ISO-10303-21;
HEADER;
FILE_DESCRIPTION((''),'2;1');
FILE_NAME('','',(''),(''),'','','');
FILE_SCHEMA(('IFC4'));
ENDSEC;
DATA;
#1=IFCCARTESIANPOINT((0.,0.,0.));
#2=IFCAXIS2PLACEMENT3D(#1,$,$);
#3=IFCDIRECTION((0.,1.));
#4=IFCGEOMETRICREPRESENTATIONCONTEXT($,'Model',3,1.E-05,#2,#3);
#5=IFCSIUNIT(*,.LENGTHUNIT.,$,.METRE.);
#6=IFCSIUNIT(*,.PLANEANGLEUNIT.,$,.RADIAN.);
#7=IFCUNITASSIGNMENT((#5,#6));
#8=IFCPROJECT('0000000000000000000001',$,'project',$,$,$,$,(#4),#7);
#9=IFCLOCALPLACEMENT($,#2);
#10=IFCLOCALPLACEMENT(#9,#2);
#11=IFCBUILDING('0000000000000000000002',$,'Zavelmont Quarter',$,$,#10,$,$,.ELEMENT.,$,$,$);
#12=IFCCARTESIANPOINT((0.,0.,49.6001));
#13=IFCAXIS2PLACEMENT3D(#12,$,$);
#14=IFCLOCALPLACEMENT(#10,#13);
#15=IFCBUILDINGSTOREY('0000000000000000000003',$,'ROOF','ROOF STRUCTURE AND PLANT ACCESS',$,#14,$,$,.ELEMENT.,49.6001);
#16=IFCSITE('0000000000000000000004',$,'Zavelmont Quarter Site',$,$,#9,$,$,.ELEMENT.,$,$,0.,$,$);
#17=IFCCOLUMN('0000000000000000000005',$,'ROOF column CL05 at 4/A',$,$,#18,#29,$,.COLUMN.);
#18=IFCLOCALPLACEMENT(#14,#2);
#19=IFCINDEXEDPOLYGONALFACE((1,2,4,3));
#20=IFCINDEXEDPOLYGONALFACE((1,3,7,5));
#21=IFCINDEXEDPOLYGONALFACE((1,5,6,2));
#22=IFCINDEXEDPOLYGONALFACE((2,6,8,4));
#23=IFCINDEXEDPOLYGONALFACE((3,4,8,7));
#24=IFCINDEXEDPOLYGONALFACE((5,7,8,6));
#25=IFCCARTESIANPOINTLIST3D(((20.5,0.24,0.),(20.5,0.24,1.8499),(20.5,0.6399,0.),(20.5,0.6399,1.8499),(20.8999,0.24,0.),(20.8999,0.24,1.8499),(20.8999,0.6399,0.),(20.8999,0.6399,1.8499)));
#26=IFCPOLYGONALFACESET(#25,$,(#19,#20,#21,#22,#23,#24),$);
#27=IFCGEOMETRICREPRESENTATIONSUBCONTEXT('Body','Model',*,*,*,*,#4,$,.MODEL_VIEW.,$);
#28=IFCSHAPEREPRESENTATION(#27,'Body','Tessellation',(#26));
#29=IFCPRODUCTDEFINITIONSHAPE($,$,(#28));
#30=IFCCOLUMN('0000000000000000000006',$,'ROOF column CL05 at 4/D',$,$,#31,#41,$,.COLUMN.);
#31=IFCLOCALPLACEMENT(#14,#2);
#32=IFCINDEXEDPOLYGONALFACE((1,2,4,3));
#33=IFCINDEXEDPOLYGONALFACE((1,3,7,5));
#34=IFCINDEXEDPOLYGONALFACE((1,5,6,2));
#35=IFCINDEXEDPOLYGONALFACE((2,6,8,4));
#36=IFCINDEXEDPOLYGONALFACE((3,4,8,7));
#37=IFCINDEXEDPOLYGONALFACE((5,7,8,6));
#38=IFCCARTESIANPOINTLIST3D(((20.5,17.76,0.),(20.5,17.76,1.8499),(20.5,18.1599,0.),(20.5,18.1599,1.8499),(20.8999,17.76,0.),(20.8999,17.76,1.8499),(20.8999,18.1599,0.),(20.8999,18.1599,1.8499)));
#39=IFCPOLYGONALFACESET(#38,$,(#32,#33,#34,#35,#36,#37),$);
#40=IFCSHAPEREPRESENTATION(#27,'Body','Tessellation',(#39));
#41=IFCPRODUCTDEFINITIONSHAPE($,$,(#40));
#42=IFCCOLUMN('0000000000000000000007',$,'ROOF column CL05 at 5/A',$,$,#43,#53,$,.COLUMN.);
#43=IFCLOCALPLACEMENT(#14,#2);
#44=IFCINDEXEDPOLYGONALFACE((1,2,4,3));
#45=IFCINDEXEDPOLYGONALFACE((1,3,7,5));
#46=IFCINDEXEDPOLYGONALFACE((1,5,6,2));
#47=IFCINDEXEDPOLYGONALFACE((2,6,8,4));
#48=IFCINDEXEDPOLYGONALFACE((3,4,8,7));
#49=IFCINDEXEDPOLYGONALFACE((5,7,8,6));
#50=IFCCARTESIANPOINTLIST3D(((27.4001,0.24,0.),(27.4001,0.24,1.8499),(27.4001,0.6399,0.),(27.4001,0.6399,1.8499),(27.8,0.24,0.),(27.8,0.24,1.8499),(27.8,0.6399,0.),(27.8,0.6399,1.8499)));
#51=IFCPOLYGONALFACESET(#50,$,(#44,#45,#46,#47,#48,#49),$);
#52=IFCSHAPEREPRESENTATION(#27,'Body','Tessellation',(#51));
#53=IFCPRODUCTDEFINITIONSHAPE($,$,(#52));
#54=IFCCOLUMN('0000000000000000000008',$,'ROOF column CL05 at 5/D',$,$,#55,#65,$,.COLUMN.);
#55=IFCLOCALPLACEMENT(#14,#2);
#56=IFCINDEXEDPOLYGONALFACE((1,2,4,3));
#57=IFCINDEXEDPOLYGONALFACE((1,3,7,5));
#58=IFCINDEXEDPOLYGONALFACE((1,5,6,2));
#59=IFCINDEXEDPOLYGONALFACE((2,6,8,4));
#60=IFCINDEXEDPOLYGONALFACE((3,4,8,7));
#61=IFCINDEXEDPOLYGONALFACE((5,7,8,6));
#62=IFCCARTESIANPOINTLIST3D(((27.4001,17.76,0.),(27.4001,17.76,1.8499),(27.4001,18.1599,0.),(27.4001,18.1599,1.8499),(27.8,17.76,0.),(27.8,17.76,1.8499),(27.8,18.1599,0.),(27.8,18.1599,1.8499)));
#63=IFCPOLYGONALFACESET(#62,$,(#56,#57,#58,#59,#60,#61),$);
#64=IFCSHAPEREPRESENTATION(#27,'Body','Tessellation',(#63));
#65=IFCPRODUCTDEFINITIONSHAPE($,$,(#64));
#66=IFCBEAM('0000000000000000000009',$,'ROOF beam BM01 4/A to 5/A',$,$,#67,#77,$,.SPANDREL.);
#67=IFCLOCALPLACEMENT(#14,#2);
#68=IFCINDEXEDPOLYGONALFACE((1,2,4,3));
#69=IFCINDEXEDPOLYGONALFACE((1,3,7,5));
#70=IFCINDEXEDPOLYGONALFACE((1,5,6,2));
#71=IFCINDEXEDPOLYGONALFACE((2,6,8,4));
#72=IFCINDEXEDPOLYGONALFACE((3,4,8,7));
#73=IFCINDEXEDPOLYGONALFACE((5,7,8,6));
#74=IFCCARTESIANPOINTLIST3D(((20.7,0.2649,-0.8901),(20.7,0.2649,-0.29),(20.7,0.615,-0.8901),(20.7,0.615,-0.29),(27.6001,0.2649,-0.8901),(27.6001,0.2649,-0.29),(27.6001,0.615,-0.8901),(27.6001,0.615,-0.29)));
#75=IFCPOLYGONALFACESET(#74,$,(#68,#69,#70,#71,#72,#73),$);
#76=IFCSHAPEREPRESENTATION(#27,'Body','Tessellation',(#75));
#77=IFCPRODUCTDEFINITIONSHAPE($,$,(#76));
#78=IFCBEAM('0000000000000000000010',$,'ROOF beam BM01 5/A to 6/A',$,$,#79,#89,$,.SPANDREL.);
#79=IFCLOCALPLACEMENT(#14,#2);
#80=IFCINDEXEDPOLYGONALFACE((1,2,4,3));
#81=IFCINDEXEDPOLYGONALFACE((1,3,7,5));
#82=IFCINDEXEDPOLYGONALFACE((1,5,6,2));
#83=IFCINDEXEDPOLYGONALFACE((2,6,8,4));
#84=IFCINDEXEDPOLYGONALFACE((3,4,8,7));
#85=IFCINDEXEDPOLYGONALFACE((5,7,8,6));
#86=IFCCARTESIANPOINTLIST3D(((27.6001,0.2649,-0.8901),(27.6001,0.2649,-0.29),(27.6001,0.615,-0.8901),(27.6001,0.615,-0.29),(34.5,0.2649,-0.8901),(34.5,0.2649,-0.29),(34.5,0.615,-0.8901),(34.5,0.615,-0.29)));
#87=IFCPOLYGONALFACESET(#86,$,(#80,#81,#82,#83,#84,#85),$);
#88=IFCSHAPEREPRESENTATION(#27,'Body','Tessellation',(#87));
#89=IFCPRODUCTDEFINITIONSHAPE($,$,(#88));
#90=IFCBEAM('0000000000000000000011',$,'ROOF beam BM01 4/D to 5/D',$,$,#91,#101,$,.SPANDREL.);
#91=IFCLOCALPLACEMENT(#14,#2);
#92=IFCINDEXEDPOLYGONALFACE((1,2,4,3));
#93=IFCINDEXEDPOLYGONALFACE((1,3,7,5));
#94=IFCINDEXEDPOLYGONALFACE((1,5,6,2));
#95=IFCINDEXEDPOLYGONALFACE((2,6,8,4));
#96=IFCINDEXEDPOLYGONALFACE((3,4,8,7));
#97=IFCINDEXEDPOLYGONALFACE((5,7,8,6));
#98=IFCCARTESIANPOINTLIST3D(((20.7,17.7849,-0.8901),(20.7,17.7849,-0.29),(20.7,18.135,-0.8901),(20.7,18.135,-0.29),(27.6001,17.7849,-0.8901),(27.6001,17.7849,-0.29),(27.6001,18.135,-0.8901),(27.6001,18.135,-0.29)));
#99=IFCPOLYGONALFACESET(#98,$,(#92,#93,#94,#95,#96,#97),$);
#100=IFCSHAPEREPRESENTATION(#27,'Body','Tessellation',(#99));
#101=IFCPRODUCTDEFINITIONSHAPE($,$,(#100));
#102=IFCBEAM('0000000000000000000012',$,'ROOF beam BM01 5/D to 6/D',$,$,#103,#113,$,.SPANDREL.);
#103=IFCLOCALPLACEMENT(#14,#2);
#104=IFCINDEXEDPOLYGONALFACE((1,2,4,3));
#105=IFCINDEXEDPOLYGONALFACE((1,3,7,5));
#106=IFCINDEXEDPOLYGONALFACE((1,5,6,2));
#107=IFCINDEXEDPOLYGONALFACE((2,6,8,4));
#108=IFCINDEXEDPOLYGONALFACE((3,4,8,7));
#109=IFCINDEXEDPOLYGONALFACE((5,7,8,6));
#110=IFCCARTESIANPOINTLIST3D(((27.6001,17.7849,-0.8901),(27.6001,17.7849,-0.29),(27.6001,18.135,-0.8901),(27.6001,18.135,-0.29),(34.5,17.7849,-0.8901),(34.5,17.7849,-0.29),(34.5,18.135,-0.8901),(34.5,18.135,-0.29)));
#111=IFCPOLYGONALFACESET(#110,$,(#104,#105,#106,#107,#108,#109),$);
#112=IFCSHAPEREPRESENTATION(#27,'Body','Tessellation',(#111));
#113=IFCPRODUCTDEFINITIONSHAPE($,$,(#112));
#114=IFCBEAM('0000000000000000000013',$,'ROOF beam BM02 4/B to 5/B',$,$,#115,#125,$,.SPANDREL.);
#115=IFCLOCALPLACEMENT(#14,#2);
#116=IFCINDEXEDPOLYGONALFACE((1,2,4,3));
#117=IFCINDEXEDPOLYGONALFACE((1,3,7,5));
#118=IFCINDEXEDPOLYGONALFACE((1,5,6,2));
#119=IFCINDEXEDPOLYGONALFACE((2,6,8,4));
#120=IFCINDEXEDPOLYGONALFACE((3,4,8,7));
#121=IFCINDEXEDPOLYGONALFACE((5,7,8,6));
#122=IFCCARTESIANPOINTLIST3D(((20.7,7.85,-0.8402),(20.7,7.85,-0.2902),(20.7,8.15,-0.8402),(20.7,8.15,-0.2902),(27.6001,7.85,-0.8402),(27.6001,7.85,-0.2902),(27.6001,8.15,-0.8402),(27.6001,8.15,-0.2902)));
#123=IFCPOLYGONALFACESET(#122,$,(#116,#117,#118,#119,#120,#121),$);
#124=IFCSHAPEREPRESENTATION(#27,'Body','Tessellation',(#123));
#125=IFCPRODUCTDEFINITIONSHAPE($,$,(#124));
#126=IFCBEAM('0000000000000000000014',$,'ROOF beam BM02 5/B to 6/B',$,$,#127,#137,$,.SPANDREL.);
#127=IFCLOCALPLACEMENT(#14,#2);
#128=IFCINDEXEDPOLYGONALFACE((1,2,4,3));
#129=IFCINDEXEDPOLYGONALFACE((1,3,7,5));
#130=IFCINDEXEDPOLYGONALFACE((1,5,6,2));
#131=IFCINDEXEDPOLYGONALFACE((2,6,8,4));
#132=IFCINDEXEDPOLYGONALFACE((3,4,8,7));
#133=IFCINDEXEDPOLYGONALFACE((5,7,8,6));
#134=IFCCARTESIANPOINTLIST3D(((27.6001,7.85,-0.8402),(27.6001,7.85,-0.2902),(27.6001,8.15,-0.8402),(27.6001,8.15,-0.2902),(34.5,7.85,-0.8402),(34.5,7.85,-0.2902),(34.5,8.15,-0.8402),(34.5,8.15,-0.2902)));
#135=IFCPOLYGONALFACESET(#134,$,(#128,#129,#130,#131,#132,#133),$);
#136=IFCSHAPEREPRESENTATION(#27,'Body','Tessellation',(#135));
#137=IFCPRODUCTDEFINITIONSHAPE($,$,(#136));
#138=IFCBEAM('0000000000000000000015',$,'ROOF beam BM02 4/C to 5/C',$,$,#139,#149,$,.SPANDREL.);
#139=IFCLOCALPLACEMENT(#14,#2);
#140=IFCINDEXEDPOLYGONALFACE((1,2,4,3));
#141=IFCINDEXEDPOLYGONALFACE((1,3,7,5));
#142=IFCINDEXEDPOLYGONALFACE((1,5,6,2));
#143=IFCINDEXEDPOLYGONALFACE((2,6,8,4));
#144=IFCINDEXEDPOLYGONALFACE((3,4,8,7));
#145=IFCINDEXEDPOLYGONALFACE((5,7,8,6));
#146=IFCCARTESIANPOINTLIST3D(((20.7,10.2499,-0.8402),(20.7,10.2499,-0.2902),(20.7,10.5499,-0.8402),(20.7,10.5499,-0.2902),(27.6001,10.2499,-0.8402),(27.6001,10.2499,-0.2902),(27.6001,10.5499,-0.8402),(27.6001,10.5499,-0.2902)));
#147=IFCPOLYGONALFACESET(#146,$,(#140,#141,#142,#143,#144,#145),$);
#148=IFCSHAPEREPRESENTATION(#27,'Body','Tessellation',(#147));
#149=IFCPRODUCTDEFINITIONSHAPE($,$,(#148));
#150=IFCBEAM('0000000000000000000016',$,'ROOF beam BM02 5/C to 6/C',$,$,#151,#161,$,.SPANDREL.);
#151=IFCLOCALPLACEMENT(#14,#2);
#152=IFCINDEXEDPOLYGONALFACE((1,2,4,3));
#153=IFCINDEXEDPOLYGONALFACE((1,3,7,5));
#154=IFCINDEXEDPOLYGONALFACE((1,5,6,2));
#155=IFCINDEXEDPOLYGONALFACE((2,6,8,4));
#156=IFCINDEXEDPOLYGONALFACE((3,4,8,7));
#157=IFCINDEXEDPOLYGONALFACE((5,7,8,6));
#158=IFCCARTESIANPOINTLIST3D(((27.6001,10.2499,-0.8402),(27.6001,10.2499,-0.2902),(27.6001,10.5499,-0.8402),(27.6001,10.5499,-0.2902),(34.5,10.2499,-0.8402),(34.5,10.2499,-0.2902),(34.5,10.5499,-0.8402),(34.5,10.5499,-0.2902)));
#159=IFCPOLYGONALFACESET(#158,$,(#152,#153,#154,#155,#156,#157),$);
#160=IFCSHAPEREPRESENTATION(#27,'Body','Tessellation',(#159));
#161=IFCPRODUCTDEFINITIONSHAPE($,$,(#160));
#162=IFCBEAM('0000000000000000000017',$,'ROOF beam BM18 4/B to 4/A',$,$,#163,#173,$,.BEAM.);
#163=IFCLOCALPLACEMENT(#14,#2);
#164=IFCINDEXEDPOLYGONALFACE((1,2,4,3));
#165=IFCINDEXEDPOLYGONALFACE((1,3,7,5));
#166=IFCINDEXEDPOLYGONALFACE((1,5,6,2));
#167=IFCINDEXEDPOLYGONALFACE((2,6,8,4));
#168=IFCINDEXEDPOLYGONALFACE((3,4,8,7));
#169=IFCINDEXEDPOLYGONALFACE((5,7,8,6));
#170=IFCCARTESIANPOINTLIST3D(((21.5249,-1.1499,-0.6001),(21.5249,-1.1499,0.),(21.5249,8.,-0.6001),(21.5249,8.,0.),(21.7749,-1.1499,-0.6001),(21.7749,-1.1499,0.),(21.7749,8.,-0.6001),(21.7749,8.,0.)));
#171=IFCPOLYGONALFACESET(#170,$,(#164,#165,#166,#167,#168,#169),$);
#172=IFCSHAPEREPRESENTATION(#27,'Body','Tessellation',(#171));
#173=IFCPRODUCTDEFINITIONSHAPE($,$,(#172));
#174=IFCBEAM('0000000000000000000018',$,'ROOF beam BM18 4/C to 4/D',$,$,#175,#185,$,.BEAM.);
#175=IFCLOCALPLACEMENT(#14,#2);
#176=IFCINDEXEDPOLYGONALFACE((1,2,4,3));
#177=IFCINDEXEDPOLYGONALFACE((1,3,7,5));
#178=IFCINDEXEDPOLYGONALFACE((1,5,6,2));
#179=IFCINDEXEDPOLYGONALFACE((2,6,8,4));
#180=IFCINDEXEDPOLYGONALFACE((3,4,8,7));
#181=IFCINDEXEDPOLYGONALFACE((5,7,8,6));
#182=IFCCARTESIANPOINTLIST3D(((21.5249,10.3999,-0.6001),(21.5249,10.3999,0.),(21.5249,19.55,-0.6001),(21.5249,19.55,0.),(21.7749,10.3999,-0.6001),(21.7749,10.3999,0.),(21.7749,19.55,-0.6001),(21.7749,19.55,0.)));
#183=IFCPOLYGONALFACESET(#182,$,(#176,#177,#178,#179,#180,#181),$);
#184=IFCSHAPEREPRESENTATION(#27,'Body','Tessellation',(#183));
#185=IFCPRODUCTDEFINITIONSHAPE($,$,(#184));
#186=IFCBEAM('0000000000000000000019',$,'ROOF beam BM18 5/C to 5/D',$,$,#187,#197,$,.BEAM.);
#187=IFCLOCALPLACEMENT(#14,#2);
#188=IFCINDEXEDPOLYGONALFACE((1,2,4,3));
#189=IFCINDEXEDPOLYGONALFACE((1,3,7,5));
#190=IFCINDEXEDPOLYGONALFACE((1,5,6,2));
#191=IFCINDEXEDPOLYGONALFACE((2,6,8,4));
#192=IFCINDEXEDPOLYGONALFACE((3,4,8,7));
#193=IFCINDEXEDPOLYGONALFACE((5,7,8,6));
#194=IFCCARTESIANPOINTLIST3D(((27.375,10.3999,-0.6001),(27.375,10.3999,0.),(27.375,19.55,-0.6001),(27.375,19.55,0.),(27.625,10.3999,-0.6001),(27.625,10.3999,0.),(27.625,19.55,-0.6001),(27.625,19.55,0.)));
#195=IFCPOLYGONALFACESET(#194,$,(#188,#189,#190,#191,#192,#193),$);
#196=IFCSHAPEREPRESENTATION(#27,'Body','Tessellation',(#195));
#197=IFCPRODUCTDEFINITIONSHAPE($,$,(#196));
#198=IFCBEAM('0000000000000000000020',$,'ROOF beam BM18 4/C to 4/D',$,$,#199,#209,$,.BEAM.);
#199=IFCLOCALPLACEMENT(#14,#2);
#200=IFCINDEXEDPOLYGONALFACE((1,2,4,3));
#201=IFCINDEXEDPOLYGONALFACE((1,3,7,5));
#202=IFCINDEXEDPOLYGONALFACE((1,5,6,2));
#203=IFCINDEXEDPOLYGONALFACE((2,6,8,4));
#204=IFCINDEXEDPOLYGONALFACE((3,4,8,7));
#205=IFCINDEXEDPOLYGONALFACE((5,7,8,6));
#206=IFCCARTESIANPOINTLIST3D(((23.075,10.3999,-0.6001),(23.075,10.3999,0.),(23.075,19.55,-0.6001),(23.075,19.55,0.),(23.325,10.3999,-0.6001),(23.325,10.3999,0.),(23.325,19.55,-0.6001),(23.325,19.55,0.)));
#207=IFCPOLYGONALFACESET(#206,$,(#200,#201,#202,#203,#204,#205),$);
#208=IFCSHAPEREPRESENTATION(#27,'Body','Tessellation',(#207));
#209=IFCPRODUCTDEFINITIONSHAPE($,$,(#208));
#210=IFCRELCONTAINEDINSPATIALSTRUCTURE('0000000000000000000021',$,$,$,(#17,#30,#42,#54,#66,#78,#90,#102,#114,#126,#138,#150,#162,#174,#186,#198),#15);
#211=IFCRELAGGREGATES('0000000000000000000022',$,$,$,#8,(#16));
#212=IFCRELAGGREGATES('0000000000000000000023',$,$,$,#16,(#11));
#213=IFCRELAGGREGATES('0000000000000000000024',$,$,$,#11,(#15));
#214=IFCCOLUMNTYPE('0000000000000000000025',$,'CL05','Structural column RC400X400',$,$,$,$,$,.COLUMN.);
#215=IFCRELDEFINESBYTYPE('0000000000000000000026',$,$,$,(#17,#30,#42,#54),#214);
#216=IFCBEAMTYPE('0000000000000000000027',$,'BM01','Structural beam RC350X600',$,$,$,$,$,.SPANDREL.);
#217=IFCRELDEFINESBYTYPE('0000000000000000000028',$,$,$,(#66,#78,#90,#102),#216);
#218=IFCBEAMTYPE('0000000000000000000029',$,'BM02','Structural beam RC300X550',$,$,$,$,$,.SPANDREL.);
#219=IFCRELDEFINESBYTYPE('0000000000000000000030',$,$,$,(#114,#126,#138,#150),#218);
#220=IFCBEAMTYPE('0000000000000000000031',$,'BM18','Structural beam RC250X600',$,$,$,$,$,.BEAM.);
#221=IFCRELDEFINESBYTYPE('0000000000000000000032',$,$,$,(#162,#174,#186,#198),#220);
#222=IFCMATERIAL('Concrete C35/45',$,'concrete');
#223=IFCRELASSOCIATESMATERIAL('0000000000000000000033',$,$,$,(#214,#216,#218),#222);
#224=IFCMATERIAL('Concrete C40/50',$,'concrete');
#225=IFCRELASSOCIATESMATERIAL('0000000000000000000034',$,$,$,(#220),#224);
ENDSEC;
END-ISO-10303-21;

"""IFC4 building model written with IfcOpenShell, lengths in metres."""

from ifc_helpers import new_model, si_unit, direction, frame, origin, origin_2d, place, context, subcontext, project, spatial, rectangle, extrude, material, material_profile, profile_set, type_object, element, save


model = new_model("IFC4")

# Units and contexts
model_context = context("Model", 3, precision=1e-05, world=origin(), true_north=direction((0.0, 1.0)))
body_context = subcontext(model_context, "Body", "Model", "MODEL_VIEW")
ifc_project = project(units=[si_unit("LENGTHUNIT", "METRE"), si_unit("PLANEANGLEUNIT", "RADIAN")], contexts=[model_context])

# Site, building, storey
site_placement = place(None, origin())
site = spatial("IfcSite", under=ifc_project, at=site_placement, Name="Zavelmont Quarter Site", CompositionType="ELEMENT", RefElevation=0.0)
building_placement = place(site_placement, origin())
building = spatial("IfcBuilding", under=site, at=building_placement, Name="Zavelmont Quarter", CompositionType="ELEMENT")
storey_placement = place(building_placement, frame((0.0, 0.0, 49.6001)))
storey = spatial("IfcBuildingStorey", under=building, at=storey_placement, Name="ROOF", Description="ROOF STRUCTURE AND PLANT ACCESS", CompositionType="ELEMENT", Elevation=49.6001)

# Columns
ifc_material_1 = material(Name="Concrete C35/45", Category="concrete")
ifc_material_profile_1 = material_profile(ifc_material_1, rectangle(XDim=0.3999, YDim=0.3999, at=origin_2d()), Name="RC400X400")
ifc_profile_set_1 = profile_set([ifc_material_profile_1], Name="Concrete C35/45")
column_type = type_object("IfcColumnType", Name="CL05", Description="Structural column RC400X400", PredefinedType="COLUMN", material=ifc_profile_set_1)
for number, where, z_axis, x_axis, name in (
    (1, (20.7, 0.4399, 0.0), (0.0, 0.0, 1.0), (1.0, 0.0, 0.0), "ROOF column CL05 at 4/A"),
    (2, (20.7, 17.96, 0.0), (0.0, 0.0, 1.0), (1.0, 0.0, 0.0), "ROOF column CL05 at 4/D"),
    (3, (27.6001, 0.4399, 0.0), (0.0, 0.0, 1.0), (1.0, 0.0, 0.0), "ROOF column CL05 at 5/A"),
    (4, (27.6001, 17.96, 0.0), (0.0, 0.0, 1.0), (1.0, 0.0, 0.0), "ROOF column CL05 at 5/D"),
):
    element("IfcColumn", number, at=place(storey_placement, frame(where, z_axis=z_axis, x_axis=x_axis)), inside=storey, type_object=column_type, Name=name, PredefinedType="COLUMN", context=body_context, shape_type="SweptSolid", body=[
        extrude(rectangle(XDim=0.3999, YDim=0.3999, at=origin_2d()), origin(), (0.0, 0.0, 1.0), 1.8499),
    ])

# Beams
ifc_material_profile_2 = material_profile(ifc_material_1, rectangle(XDim=0.3501, YDim=0.6001, at=origin_2d()), Name="RC350X600")
ifc_profile_set_2 = profile_set([ifc_material_profile_2], Name="Concrete C35/45")
beam_type_1 = type_object("IfcBeamType", Name="BM01", Description="Structural beam RC350X600", PredefinedType="SPANDREL", material=ifc_profile_set_2)
beam_1_placement = place(storey_placement, frame((20.7, 0.4399, -0.5901), z_axis=(1.0, 0.0, 0.0), x_axis=(0.0, 1.0, 0.0)))
element("IfcBeam", 5, at=beam_1_placement, inside=storey, type_object=beam_type_1, Name="ROOF beam BM01 4/A to 5/A", PredefinedType="SPANDREL", context=body_context, shape_type="SweptSolid", body=[
    extrude(rectangle(XDim=0.3501, YDim=0.6001, at=origin_2d()), origin(), (0.0, 0.0, 1.0), 6.9001),
])
beam_2_placement = place(storey_placement, frame((27.6001, 0.4399, -0.5901), z_axis=(1.0, 0.0, 0.0), x_axis=(0.0, 1.0, 0.0)))
element("IfcBeam", 6, at=beam_2_placement, inside=storey, type_object=beam_type_1, Name="ROOF beam BM01 5/A to 6/A", PredefinedType="SPANDREL", context=body_context, shape_type="SweptSolid", body=[
    extrude(rectangle(XDim=0.3501, YDim=0.6001, at=origin_2d()), origin(), (0.0, 0.0, 1.0), 6.8999),
])
beam_3_placement = place(storey_placement, frame((20.7, 17.96, -0.5901), z_axis=(1.0, 0.0, 0.0), x_axis=(0.0, 1.0, 0.0)))
element("IfcBeam", 7, at=beam_3_placement, inside=storey, type_object=beam_type_1, Name="ROOF beam BM01 4/D to 5/D", PredefinedType="SPANDREL", context=body_context, shape_type="SweptSolid", body=[
    extrude(rectangle(XDim=0.3501, YDim=0.6001, at=origin_2d()), origin(), (0.0, 0.0, 1.0), 6.9001),
])
beam_4_placement = place(storey_placement, frame((27.6001, 17.96, -0.5901), z_axis=(1.0, 0.0, 0.0), x_axis=(0.0, 1.0, 0.0)))
element("IfcBeam", 8, at=beam_4_placement, inside=storey, type_object=beam_type_1, Name="ROOF beam BM01 5/D to 6/D", PredefinedType="SPANDREL", context=body_context, shape_type="SweptSolid", body=[
    extrude(rectangle(XDim=0.3501, YDim=0.6001, at=origin_2d()), origin(), (0.0, 0.0, 1.0), 6.8999),
])
ifc_material_profile_3 = material_profile(ifc_material_1, rectangle(XDim=0.3, YDim=0.55, at=origin_2d()), Name="RC300X550")
ifc_profile_set_3 = profile_set([ifc_material_profile_3], Name="Concrete C35/45")
beam_type_2 = type_object("IfcBeamType", Name="BM02", Description="Structural beam RC300X550", PredefinedType="SPANDREL", material=ifc_profile_set_3)
beam_5_placement = place(storey_placement, frame((20.7, 8.0, -0.5652), z_axis=(1.0, 0.0, 0.0), x_axis=(0.0, 1.0, 0.0)))
element("IfcBeam", 9, at=beam_5_placement, inside=storey, type_object=beam_type_2, Name="ROOF beam BM02 4/B to 5/B", PredefinedType="SPANDREL", context=body_context, shape_type="SweptSolid", body=[
    extrude(rectangle(XDim=0.3, YDim=0.55, at=origin_2d()), origin(), (0.0, 0.0, 1.0), 6.9001),
])
beam_6_placement = place(storey_placement, frame((27.6001, 8.0, -0.5652), z_axis=(1.0, 0.0, 0.0), x_axis=(0.0, 1.0, 0.0)))
element("IfcBeam", 10, at=beam_6_placement, inside=storey, type_object=beam_type_2, Name="ROOF beam BM02 5/B to 6/B", PredefinedType="SPANDREL", context=body_context, shape_type="SweptSolid", body=[
    extrude(rectangle(XDim=0.3, YDim=0.55, at=origin_2d()), origin(), (0.0, 0.0, 1.0), 6.8999),
])
beam_7_placement = place(storey_placement, frame((20.7, 10.3999, -0.5652), z_axis=(1.0, 0.0, 0.0), x_axis=(0.0, 1.0, 0.0)))
element("IfcBeam", 11, at=beam_7_placement, inside=storey, type_object=beam_type_2, Name="ROOF beam BM02 4/C to 5/C", PredefinedType="SPANDREL", context=body_context, shape_type="SweptSolid", body=[
    extrude(rectangle(XDim=0.3, YDim=0.55, at=origin_2d()), origin(), (0.0, 0.0, 1.0), 6.9001),
])
beam_8_placement = place(storey_placement, frame((27.6001, 10.3999, -0.5652), z_axis=(1.0, 0.0, 0.0), x_axis=(0.0, 1.0, 0.0)))
element("IfcBeam", 12, at=beam_8_placement, inside=storey, type_object=beam_type_2, Name="ROOF beam BM02 5/C to 6/C", PredefinedType="SPANDREL", context=body_context, shape_type="SweptSolid", body=[
    extrude(rectangle(XDim=0.3, YDim=0.55, at=origin_2d()), origin(), (0.0, 0.0, 1.0), 6.8999),
])
ifc_material_2 = material(Name="Concrete C40/50", Category="concrete")
ifc_material_profile_4 = material_profile(ifc_material_2, rectangle(XDim=0.25, YDim=0.6001, at=origin_2d()), Name="RC250X600")
ifc_profile_set_4 = profile_set([ifc_material_profile_4], Name="Concrete C40/50")
beam_type_3 = type_object("IfcBeamType", Name="BM18", Description="Structural beam RC250X600", PredefinedType="BEAM", material=ifc_profile_set_4)
beam_9_placement = place(storey_placement, frame((21.6499, 8.0, -0.3), z_axis=(0.0, -1.0, 0.0), x_axis=(1.0, 0.0, 0.0)))
element("IfcBeam", 13, at=beam_9_placement, inside=storey, type_object=beam_type_3, Name="ROOF beam BM18 4/B to 4/A", PredefinedType="BEAM", context=body_context, shape_type="SweptSolid", body=[
    extrude(rectangle(XDim=0.25, YDim=0.6001, at=origin_2d()), origin(), (0.0, 0.0, 1.0), 9.1499),
])
for number, where, z_axis, x_axis, name in (
    (14, (21.6499, 10.3999, -0.3), (0.0, 1.0, 0.0), (-1.0, 0.0, 0.0), "ROOF beam BM18 4/C to 4/D"),
    (15, (27.5, 10.3999, -0.3), (0.0, 1.0, 0.0), (-1.0, 0.0, 0.0), "ROOF beam BM18 5/C to 5/D"),
    (16, (23.2, 10.3999, -0.3), (0.0, 1.0, 0.0), (-1.0, 0.0, 0.0), "ROOF beam BM18 4/C to 4/D"),
):
    element("IfcBeam", number, at=place(storey_placement, frame(where, z_axis=z_axis, x_axis=x_axis)), inside=storey, type_object=beam_type_3, Name=name, PredefinedType="BEAM", context=body_context, shape_type="SweptSolid", body=[
        extrude(rectangle(XDim=0.25, YDim=0.6001, at=origin_2d()), origin(), (0.0, 0.0, 1.0), 9.1501),
    ])

save(model, "model.ifc")
